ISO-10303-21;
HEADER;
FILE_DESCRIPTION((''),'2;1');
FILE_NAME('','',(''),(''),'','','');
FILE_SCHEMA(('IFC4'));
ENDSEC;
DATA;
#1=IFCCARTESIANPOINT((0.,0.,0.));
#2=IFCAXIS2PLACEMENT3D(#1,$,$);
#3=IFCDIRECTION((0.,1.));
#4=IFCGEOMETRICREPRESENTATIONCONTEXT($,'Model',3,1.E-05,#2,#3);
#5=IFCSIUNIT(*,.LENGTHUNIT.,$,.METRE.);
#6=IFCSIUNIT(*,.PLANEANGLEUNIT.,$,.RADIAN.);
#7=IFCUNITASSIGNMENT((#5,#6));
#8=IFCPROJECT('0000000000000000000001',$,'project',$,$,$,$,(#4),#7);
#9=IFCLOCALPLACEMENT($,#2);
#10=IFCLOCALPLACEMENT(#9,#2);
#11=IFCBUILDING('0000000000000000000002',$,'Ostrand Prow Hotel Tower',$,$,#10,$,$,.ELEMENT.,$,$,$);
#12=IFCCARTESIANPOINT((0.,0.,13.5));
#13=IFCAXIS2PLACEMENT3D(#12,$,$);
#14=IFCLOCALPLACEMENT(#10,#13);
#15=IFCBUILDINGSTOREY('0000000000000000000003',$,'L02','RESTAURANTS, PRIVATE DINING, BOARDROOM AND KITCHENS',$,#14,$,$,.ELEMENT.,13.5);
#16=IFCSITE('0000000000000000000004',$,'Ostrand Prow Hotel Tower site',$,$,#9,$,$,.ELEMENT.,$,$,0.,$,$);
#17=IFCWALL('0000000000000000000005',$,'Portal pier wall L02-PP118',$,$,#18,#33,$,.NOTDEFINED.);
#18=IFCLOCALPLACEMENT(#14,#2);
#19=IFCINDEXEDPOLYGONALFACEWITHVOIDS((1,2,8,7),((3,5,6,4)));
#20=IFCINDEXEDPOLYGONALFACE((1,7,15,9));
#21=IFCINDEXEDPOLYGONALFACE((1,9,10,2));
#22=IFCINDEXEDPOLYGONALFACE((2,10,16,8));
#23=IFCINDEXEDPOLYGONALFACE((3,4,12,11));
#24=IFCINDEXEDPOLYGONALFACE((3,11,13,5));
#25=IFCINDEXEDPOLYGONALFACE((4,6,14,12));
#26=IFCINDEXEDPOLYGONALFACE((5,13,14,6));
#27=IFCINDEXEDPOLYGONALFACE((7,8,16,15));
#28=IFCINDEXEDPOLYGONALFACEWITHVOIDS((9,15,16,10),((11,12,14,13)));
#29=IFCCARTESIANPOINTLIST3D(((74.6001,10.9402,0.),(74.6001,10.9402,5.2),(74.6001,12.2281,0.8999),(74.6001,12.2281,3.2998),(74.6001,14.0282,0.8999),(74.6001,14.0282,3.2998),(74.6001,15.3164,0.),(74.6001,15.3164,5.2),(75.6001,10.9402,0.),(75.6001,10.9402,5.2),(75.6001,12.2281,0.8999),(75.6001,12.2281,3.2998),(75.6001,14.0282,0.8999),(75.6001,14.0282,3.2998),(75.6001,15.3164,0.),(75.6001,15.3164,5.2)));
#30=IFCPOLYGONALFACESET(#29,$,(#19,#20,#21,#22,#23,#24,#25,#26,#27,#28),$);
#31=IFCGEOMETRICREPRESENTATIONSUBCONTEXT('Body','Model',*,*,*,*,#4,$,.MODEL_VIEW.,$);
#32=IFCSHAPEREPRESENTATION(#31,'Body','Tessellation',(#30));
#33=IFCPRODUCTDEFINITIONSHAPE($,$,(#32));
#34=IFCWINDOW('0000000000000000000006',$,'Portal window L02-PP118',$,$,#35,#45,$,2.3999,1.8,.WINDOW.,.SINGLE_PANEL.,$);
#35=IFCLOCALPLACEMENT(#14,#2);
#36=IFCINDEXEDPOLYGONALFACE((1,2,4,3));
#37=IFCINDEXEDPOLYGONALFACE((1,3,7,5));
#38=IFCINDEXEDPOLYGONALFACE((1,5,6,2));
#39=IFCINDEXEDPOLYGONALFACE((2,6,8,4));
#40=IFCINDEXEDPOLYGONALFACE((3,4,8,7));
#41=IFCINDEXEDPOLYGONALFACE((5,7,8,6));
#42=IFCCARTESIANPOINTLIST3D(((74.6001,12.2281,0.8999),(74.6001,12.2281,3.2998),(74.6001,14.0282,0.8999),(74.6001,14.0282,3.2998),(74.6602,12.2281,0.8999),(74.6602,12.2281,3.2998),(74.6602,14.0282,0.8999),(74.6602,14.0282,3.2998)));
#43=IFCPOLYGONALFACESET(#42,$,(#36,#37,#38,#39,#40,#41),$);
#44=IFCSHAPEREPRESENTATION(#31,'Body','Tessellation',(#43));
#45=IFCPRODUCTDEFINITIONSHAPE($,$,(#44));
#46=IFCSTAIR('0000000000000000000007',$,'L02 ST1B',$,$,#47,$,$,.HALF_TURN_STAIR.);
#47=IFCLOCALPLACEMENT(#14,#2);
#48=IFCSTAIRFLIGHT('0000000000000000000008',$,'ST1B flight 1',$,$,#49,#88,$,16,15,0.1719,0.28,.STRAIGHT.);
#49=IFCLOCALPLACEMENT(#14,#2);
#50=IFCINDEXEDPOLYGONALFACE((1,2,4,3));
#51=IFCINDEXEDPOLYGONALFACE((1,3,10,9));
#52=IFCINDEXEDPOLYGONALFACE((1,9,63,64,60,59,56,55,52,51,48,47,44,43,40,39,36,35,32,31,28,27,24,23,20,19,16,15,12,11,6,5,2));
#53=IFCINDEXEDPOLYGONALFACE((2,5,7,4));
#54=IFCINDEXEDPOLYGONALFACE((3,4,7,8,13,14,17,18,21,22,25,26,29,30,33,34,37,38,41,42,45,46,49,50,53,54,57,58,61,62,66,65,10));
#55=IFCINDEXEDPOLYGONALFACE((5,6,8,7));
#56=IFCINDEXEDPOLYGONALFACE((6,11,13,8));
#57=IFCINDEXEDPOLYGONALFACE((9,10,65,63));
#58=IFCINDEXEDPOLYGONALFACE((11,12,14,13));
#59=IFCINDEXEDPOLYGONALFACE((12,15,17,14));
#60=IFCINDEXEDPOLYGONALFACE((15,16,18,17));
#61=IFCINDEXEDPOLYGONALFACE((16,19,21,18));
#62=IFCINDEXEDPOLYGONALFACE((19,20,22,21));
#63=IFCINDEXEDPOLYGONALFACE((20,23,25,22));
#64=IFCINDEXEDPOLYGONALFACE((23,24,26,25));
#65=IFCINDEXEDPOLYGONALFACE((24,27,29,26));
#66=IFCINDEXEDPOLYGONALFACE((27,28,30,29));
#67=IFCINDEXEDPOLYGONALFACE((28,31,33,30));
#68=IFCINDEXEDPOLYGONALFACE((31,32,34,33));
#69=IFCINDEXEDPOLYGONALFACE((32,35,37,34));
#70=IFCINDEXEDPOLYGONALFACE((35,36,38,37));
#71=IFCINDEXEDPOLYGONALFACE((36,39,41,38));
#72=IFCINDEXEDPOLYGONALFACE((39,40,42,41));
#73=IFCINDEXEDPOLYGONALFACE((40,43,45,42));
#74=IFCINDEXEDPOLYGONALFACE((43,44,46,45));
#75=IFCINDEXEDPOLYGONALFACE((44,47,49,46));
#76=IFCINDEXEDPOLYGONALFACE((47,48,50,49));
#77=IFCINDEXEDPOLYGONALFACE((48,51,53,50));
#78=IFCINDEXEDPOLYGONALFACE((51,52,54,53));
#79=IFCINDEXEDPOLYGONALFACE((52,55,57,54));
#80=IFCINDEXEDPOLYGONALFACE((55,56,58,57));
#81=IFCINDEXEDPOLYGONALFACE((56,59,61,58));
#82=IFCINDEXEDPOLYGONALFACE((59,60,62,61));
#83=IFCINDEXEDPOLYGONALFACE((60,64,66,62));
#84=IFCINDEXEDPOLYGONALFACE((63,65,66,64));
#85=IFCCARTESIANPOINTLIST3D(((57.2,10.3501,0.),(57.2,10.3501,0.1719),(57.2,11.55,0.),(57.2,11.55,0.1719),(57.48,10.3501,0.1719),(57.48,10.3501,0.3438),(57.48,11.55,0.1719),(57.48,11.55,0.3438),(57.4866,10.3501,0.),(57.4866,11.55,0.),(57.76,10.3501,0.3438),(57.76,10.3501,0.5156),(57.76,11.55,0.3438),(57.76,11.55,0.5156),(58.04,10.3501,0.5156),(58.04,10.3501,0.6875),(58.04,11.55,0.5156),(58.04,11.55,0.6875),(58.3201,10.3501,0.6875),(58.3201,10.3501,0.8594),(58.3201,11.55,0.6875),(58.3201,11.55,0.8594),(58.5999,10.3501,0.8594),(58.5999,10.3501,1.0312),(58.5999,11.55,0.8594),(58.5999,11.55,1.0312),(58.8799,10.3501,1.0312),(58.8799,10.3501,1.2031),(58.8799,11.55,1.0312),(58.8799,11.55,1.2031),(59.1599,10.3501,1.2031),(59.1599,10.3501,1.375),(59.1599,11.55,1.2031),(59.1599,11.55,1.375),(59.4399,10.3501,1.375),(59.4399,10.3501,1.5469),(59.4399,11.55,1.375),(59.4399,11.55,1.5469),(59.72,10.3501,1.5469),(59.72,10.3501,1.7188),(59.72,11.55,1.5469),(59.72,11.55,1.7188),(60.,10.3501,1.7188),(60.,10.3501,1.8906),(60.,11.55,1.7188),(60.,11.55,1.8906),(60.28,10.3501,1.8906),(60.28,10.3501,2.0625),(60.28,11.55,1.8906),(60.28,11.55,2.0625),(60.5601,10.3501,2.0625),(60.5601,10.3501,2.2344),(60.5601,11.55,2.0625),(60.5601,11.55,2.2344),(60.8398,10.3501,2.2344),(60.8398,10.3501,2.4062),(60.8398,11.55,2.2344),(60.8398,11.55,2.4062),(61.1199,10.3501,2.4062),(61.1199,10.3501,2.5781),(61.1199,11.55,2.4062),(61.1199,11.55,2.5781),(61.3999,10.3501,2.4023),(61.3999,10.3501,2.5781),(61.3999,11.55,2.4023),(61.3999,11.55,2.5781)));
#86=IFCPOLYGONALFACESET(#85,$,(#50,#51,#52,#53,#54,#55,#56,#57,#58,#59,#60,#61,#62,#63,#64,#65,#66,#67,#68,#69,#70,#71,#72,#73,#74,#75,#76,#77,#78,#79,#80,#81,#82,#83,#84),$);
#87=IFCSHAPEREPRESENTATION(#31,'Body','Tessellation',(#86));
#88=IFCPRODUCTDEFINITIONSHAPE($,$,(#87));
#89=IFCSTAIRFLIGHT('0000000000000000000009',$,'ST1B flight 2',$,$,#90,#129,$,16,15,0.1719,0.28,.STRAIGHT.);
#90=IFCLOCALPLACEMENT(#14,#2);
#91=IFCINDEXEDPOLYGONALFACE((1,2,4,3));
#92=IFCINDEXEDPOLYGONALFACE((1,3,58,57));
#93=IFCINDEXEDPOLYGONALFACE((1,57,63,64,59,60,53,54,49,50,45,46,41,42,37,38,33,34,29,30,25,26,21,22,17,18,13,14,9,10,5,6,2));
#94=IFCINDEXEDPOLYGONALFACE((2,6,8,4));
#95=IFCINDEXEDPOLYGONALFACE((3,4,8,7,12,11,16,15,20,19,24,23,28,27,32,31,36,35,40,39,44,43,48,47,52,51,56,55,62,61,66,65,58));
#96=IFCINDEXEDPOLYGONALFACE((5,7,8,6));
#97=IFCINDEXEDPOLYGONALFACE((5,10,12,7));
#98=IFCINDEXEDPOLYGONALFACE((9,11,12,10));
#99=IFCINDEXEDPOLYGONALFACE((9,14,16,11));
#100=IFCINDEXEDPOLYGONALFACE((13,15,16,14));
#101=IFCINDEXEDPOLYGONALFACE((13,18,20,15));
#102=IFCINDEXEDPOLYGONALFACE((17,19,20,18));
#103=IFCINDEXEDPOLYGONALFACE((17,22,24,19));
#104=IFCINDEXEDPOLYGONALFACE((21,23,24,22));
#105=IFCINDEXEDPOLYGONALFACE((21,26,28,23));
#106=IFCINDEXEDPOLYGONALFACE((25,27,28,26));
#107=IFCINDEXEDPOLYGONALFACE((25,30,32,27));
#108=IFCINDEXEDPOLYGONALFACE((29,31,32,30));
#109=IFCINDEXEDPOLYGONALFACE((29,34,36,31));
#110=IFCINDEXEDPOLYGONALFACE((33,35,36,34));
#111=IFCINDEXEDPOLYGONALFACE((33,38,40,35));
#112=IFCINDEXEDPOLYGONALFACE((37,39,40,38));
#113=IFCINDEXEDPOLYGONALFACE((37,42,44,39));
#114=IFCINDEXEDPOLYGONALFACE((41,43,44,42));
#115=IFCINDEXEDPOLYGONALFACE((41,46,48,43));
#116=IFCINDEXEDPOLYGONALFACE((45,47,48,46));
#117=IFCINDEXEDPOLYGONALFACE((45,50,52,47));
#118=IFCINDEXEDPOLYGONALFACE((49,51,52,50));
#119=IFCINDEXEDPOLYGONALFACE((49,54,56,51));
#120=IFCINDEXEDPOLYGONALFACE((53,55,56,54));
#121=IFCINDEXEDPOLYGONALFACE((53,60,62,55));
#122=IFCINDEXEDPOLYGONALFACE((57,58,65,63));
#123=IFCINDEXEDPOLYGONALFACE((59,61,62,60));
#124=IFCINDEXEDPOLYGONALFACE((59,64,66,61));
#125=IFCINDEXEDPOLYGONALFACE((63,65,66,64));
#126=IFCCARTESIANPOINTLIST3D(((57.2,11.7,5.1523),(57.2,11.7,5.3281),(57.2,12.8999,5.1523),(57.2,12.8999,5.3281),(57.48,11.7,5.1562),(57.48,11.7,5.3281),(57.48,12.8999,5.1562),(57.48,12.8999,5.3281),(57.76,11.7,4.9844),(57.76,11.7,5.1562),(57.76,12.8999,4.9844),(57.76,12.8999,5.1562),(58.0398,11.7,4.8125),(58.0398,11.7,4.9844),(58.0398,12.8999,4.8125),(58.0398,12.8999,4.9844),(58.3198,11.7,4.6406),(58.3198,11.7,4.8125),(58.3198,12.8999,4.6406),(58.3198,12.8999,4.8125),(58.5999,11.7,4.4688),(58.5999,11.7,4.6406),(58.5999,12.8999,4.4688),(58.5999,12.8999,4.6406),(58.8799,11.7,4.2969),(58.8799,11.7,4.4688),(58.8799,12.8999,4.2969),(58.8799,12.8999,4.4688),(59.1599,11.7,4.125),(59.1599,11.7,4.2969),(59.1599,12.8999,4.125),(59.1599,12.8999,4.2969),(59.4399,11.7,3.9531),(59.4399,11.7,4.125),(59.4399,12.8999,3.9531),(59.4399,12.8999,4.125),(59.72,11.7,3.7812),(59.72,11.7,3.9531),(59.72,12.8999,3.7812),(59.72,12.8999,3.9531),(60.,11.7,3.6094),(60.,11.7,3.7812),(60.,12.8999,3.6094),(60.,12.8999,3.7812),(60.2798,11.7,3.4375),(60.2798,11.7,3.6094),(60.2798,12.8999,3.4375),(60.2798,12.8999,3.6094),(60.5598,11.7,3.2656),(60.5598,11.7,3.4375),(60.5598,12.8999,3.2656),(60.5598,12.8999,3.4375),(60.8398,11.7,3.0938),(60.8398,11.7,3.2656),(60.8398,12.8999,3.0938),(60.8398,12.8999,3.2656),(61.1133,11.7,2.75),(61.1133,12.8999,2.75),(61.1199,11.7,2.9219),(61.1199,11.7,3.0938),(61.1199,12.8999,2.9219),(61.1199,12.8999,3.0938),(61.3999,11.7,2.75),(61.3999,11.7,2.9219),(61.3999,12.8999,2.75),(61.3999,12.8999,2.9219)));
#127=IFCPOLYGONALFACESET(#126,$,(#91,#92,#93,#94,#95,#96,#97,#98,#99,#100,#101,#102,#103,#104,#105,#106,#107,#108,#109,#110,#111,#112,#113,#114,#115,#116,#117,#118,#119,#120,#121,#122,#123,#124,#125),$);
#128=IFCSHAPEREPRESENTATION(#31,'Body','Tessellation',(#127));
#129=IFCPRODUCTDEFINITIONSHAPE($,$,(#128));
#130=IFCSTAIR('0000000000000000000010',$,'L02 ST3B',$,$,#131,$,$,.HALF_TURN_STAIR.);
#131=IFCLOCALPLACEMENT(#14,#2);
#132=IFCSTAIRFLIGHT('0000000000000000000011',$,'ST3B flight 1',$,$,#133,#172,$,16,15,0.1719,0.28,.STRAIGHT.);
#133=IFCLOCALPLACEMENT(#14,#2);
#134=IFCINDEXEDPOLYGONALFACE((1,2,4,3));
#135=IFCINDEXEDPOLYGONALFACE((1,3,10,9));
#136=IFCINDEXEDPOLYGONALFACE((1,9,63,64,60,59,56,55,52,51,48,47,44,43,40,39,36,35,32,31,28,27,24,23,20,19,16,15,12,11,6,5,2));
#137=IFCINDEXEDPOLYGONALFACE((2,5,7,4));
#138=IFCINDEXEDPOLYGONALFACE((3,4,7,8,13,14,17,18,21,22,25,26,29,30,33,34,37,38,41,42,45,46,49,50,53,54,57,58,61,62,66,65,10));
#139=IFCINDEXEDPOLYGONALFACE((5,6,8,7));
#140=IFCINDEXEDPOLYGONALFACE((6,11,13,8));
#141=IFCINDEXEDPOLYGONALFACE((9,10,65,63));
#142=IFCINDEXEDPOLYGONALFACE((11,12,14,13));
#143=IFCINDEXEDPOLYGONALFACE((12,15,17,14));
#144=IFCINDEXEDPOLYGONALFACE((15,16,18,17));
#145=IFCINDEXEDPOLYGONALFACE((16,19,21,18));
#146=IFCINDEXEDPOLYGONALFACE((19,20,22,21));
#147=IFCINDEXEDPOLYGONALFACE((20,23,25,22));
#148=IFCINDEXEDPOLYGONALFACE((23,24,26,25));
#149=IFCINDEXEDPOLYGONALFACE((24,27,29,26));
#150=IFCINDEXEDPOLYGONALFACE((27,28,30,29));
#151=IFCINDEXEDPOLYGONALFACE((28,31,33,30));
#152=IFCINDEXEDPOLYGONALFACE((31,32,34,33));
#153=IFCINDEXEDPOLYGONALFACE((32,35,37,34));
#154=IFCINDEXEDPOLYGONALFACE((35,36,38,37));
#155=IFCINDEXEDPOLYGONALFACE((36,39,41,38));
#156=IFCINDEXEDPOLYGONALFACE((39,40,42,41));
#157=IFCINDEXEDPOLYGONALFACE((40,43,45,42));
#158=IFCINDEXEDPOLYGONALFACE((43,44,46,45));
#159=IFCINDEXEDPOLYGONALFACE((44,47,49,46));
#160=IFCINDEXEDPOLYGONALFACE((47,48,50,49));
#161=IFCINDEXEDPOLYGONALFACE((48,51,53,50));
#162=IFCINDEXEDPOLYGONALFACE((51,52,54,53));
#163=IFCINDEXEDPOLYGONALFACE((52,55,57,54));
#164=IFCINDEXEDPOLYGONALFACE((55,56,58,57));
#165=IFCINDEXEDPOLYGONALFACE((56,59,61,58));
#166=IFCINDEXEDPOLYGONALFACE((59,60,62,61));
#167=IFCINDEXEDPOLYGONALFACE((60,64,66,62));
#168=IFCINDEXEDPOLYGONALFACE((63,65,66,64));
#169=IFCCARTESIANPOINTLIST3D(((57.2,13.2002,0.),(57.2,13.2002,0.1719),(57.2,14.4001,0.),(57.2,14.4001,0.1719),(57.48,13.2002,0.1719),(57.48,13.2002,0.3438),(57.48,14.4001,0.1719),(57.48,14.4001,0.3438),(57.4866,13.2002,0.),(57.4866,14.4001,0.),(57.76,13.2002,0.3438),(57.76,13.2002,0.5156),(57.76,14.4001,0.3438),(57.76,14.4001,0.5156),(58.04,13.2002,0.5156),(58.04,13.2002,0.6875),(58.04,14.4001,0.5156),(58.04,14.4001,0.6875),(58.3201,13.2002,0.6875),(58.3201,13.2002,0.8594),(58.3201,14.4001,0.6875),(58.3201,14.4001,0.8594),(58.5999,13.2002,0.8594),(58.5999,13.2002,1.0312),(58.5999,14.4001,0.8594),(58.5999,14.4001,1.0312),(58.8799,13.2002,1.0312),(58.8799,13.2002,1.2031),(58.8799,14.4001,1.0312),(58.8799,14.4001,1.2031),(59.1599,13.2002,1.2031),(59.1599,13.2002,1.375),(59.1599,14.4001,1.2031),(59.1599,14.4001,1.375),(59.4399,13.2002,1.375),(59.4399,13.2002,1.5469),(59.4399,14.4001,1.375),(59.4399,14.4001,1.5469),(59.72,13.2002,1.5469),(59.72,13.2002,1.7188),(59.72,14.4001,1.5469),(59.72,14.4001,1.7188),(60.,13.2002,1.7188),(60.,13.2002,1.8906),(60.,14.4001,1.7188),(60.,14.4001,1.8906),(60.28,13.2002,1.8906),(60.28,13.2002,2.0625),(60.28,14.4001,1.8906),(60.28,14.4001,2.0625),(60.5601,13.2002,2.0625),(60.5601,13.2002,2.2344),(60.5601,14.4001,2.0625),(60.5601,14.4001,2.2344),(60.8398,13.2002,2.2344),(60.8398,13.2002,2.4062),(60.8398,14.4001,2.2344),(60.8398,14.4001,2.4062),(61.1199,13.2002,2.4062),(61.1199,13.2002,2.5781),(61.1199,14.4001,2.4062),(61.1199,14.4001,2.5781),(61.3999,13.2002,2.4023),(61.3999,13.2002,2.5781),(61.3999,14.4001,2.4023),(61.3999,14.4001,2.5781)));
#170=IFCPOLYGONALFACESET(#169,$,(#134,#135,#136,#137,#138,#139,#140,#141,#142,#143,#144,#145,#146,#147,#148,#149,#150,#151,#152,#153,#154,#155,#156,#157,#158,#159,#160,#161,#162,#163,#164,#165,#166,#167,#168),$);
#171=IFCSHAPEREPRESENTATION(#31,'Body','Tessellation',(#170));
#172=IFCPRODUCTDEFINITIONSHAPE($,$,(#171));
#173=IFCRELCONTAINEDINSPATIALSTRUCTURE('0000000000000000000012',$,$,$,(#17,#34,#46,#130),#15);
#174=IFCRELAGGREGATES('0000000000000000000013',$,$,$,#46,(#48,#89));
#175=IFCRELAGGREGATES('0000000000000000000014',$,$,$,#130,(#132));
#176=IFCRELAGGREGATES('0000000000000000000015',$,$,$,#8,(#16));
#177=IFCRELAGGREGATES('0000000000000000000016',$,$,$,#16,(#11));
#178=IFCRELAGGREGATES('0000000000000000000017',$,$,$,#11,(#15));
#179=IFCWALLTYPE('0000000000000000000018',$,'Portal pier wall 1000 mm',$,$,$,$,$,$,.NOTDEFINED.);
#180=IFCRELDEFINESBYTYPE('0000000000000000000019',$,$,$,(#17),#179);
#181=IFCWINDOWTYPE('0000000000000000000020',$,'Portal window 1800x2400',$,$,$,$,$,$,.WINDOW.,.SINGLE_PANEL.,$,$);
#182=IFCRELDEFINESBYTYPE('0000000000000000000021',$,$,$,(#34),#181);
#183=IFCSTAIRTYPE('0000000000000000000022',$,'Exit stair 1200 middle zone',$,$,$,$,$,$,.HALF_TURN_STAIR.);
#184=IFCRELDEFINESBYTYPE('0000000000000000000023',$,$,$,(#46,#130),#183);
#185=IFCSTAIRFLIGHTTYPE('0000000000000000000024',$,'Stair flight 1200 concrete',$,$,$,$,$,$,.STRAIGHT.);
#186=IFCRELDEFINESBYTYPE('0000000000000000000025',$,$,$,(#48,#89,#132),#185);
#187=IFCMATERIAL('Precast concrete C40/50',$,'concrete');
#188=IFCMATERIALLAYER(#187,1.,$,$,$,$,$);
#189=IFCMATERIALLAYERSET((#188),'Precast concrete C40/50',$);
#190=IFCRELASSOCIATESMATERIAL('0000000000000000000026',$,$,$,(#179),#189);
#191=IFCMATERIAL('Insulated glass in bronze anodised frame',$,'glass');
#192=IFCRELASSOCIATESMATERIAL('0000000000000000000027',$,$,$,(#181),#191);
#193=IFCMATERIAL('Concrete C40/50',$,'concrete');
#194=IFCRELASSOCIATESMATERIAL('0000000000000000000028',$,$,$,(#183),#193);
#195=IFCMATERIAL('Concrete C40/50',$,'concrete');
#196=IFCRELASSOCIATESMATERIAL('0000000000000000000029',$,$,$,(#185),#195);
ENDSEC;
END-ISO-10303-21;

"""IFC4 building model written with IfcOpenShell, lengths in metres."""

from ifc_helpers import new_model, si_unit, direction, frame, frame_2d, origin, place, context, subcontext, project, spatial, polyline, rectangle, outline, extrude, material, layer, layer_set, type_object, element, fill, aggregate, save


model = new_model("IFC4")

# Units and contexts
model_context = context("Model", 3, precision=1e-05, world=origin(), true_north=direction((0.0, 1.0)))
body_context = subcontext(model_context, "Body", "Model", "MODEL_VIEW")
ifc_project = project(units=[si_unit("LENGTHUNIT", "METRE"), si_unit("PLANEANGLEUNIT", "RADIAN")], contexts=[model_context])

# Site, building, storey
site_placement = place(None, origin())
site = spatial("IfcSite", under=ifc_project, at=site_placement, Name="Ostrand Prow Hotel Tower site", CompositionType="ELEMENT", RefElevation=0.0)
building_placement = place(site_placement, origin())
building = spatial("IfcBuilding", under=site, at=building_placement, Name="Ostrand Prow Hotel Tower", CompositionType="ELEMENT")
storey_placement = place(building_placement, frame((0.0, 0.0, 13.5)))
storey = spatial("IfcBuildingStorey", under=building, at=storey_placement, Name="L02", Description="RESTAURANTS, PRIVATE DINING, BOARDROOM AND KITCHENS", CompositionType="ELEMENT", Elevation=13.5)

# Wall, opening, window
ifc_material_1 = material(Name="Precast concrete C40/50", Category="concrete")
ifc_layer_1 = layer(ifc_material_1, 1.0)
ifc_layer_set_1 = layer_set([ifc_layer_1], Name="Precast concrete C40/50")
wall_type_1 = type_object("IfcWallType", Name="Portal pier wall 1000 mm", PredefinedType="NOTDEFINED", material=ifc_layer_set_1)
ifc_material_2 = material(Name="Insulated glass in bronze anodised frame", Category="glass")
window_type = type_object("IfcWindowType", Name="Portal window 1800x2400", PartitioningType="SINGLE_PANEL", PredefinedType="WINDOW", material=ifc_material_2)
wall_1_placement = place(storey_placement, frame((75.1001, 10.9402, 0.0), z_axis=(0.0, 0.0, 1.0), x_axis=(0.0, 1.0, 0.0)))
wall_1 = element("IfcWall", 1, at=wall_1_placement, inside=storey, type_object=wall_type_1, Name="Portal pier wall L02-PP118", PredefinedType="NOTDEFINED", context=body_context, shape_type="SweptSolid", body=[
    extrude(outline(polyline([(0.0, -0.5), (4.3762, -0.5), (4.3762, 0.5), (0.0, 0.5), (0.0, -0.5)])), origin(), (0.0, 0.0, 1.0), 5.2),
])
opening_1_placement = place(wall_1_placement, frame((1.2881, 0.0, 0.8999)))
opening_1 = element("IfcOpeningElement", 2, at=opening_1_placement, cuts=wall_1, PredefinedType="OPENING", context=body_context, shape_type="SweptSolid", body=[
    extrude(rectangle(XDim=1.8, YDim=2.3999, at=frame_2d((0.8999, 1.2))), frame((0.0, 0.51, 0.0), z_axis=(0.0, -1.0, 0.0), x_axis=(1.0, 0.0, 0.0)), (0.0, 0.0, 1.0), 1.02),
])
window_1_placement = place(opening_1_placement, origin())
window_1 = element("IfcWindow", 3, at=window_1_placement, inside=storey, type_object=window_type, Name="Portal window L02-PP118", OverallHeight=2.3999, OverallWidth=1.8, PartitioningType="SINGLE_PANEL", PredefinedType="WINDOW", context=body_context, shape_type="SweptSolid", body=[
    extrude(rectangle(XDim=1.8, YDim=2.3999, at=frame_2d((0.8999, 1.2))), frame((0.0, 0.5, 0.0), z_axis=(0.0, -1.0, 0.0), x_axis=(1.0, 0.0, 0.0)), (0.0, 0.0, 1.0), 0.0601),
])
fill(opening_1, window_1)

# Stairs, stair flights
ifc_material_3 = material(Name="Concrete C40/50", Category="concrete")
stair_type = type_object("IfcStairType", Name="Exit stair 1200 middle zone", PredefinedType="HALF_TURN_STAIR", material=ifc_material_3)
stair_1_placement = place(storey_placement, origin())
stair_1 = element("IfcStair", 4, at=stair_1_placement, inside=storey, type_object=stair_type, Name="L02 ST1B", PredefinedType="HALF_TURN_STAIR")
ifc_material_4 = material(Name="Concrete C40/50", Category="concrete")
stair_flight_type = type_object("IfcStairFlightType", Name="Stair flight 1200 concrete", PredefinedType="STRAIGHT", material=ifc_material_4)
stair_flight_1_placement = place(storey_placement, frame((57.2, 10.95, 0.0), z_axis=(0.0, 0.0, 1.0), x_axis=(1.0, 0.0, 0.0)))
stair_flight_1 = element("IfcStairFlight", 5, at=stair_flight_1_placement, type_object=stair_flight_type, Name="ST1B flight 1", NumberOfRisers=16, NumberOfTreads=15, PredefinedType="STRAIGHT", RiserHeight=0.1719, TreadLength=0.28, context=body_context, shape_type="SweptSolid", body=[
    extrude(outline(polyline([(0.0, 0.0), (0.0, 0.1719), (0.28, 0.1719), (0.28, 0.3438), (0.5601, 0.3438), (0.5601, 0.5156), (0.8401, 0.5156), (0.8401, 0.6875), (1.1201, 0.6875), (1.1201, 0.8594), (1.3999, 0.8594), (1.3999, 1.0312), (1.6799, 1.0312), (1.6799, 1.2031), (1.96, 1.2031), (1.96, 1.375), (2.24, 1.375), (2.24, 1.5469), (2.52, 1.5469), (2.52, 1.7188), (2.8, 1.7188), (2.8, 1.8906), (3.0801, 1.8906), (3.0801, 2.0625), (3.3601, 2.0625), (3.3601, 2.2344), (3.6399, 2.2344), (3.6399, 2.4062), (3.9199, 2.4062), (3.9199, 2.5781), (4.2, 2.5781), (4.2, 2.75), (4.2, 2.4023), (0.2866, 0.0), (0.0, 0.0)])), frame((0.0, 0.6001, 0.0), z_axis=(0.0, -1.0, 0.0), x_axis=(1.0, 0.0, 0.0)), (0.0, 0.0, 1.0), 1.2),
])
stair_flight_2_placement = place(storey_placement, frame((61.3999, 12.3, 2.75), z_axis=(0.0, 0.0, 1.0), x_axis=(-1.0, 0.0, 0.0)))
stair_flight_2 = element("IfcStairFlight", 6, at=stair_flight_2_placement, type_object=stair_flight_type, Name="ST1B flight 2", NumberOfRisers=16, NumberOfTreads=15, PredefinedType="STRAIGHT", RiserHeight=0.1719, TreadLength=0.28, context=body_context, shape_type="SweptSolid", body=[
    extrude(outline(polyline([(0.0, 0.0), (0.0, 0.1719), (0.28, 0.1719), (0.28, 0.3438), (0.5601, 0.3438), (0.5601, 0.5156), (0.8401, 0.5156), (0.8401, 0.6875), (1.1201, 0.6875), (1.1201, 0.8594), (1.3999, 0.8594), (1.3999, 1.0312), (1.6799, 1.0312), (1.6799, 1.2031), (1.96, 1.2031), (1.96, 1.375), (2.24, 1.375), (2.24, 1.5469), (2.52, 1.5469), (2.52, 1.7188), (2.8, 1.7188), (2.8, 1.8906), (3.0801, 1.8906), (3.0801, 2.0625), (3.3601, 2.0625), (3.3601, 2.2344), (3.6399, 2.2344), (3.6399, 2.4062), (3.9199, 2.4062), (3.9199, 2.5781), (4.2, 2.5781), (4.2, 2.75), (4.2, 2.4023), (0.2866, 0.0), (0.0, 0.0)])), frame((0.0, 0.6001, 0.0), z_axis=(0.0, -1.0, 0.0), x_axis=(1.0, 0.0, 0.0)), (0.0, 0.0, 1.0), 1.2),
])
aggregate(stair_1, [stair_flight_1, stair_flight_2])
stair_2_placement = place(storey_placement, origin())
stair_2 = element("IfcStair", 7, at=stair_2_placement, inside=storey, type_object=stair_type, Name="L02 ST3B", PredefinedType="HALF_TURN_STAIR")
stair_flight_3_placement = place(storey_placement, frame((57.2, 13.8, 0.0), z_axis=(0.0, 0.0, 1.0), x_axis=(1.0, 0.0, 0.0)))
stair_flight_3 = element("IfcStairFlight", 8, at=stair_flight_3_placement, type_object=stair_flight_type, Name="ST3B flight 1", NumberOfRisers=16, NumberOfTreads=15, PredefinedType="STRAIGHT", RiserHeight=0.1719, TreadLength=0.28, context=body_context, shape_type="SweptSolid", body=[
    extrude(outline(polyline([(0.0, 0.0), (0.0, 0.1719), (0.28, 0.1719), (0.28, 0.3438), (0.5601, 0.3438), (0.5601, 0.5156), (0.8401, 0.5156), (0.8401, 0.6875), (1.1201, 0.6875), (1.1201, 0.8594), (1.3999, 0.8594), (1.3999, 1.0312), (1.6799, 1.0312), (1.6799, 1.2031), (1.96, 1.2031), (1.96, 1.375), (2.24, 1.375), (2.24, 1.5469), (2.52, 1.5469), (2.52, 1.7188), (2.8, 1.7188), (2.8, 1.8906), (3.0801, 1.8906), (3.0801, 2.0625), (3.3601, 2.0625), (3.3601, 2.2344), (3.6399, 2.2344), (3.6399, 2.4062), (3.9199, 2.4062), (3.9199, 2.5781), (4.2, 2.5781), (4.2, 2.75), (4.2, 2.4023), (0.2866, 0.0), (0.0, 0.0)])), frame((0.0, 0.6001, 0.0), z_axis=(0.0, -1.0, 0.0), x_axis=(1.0, 0.0, 0.0)), (0.0, 0.0, 1.0), 1.2),
])
aggregate(stair_2, [stair_flight_3])

save(model, "model.ifc")
